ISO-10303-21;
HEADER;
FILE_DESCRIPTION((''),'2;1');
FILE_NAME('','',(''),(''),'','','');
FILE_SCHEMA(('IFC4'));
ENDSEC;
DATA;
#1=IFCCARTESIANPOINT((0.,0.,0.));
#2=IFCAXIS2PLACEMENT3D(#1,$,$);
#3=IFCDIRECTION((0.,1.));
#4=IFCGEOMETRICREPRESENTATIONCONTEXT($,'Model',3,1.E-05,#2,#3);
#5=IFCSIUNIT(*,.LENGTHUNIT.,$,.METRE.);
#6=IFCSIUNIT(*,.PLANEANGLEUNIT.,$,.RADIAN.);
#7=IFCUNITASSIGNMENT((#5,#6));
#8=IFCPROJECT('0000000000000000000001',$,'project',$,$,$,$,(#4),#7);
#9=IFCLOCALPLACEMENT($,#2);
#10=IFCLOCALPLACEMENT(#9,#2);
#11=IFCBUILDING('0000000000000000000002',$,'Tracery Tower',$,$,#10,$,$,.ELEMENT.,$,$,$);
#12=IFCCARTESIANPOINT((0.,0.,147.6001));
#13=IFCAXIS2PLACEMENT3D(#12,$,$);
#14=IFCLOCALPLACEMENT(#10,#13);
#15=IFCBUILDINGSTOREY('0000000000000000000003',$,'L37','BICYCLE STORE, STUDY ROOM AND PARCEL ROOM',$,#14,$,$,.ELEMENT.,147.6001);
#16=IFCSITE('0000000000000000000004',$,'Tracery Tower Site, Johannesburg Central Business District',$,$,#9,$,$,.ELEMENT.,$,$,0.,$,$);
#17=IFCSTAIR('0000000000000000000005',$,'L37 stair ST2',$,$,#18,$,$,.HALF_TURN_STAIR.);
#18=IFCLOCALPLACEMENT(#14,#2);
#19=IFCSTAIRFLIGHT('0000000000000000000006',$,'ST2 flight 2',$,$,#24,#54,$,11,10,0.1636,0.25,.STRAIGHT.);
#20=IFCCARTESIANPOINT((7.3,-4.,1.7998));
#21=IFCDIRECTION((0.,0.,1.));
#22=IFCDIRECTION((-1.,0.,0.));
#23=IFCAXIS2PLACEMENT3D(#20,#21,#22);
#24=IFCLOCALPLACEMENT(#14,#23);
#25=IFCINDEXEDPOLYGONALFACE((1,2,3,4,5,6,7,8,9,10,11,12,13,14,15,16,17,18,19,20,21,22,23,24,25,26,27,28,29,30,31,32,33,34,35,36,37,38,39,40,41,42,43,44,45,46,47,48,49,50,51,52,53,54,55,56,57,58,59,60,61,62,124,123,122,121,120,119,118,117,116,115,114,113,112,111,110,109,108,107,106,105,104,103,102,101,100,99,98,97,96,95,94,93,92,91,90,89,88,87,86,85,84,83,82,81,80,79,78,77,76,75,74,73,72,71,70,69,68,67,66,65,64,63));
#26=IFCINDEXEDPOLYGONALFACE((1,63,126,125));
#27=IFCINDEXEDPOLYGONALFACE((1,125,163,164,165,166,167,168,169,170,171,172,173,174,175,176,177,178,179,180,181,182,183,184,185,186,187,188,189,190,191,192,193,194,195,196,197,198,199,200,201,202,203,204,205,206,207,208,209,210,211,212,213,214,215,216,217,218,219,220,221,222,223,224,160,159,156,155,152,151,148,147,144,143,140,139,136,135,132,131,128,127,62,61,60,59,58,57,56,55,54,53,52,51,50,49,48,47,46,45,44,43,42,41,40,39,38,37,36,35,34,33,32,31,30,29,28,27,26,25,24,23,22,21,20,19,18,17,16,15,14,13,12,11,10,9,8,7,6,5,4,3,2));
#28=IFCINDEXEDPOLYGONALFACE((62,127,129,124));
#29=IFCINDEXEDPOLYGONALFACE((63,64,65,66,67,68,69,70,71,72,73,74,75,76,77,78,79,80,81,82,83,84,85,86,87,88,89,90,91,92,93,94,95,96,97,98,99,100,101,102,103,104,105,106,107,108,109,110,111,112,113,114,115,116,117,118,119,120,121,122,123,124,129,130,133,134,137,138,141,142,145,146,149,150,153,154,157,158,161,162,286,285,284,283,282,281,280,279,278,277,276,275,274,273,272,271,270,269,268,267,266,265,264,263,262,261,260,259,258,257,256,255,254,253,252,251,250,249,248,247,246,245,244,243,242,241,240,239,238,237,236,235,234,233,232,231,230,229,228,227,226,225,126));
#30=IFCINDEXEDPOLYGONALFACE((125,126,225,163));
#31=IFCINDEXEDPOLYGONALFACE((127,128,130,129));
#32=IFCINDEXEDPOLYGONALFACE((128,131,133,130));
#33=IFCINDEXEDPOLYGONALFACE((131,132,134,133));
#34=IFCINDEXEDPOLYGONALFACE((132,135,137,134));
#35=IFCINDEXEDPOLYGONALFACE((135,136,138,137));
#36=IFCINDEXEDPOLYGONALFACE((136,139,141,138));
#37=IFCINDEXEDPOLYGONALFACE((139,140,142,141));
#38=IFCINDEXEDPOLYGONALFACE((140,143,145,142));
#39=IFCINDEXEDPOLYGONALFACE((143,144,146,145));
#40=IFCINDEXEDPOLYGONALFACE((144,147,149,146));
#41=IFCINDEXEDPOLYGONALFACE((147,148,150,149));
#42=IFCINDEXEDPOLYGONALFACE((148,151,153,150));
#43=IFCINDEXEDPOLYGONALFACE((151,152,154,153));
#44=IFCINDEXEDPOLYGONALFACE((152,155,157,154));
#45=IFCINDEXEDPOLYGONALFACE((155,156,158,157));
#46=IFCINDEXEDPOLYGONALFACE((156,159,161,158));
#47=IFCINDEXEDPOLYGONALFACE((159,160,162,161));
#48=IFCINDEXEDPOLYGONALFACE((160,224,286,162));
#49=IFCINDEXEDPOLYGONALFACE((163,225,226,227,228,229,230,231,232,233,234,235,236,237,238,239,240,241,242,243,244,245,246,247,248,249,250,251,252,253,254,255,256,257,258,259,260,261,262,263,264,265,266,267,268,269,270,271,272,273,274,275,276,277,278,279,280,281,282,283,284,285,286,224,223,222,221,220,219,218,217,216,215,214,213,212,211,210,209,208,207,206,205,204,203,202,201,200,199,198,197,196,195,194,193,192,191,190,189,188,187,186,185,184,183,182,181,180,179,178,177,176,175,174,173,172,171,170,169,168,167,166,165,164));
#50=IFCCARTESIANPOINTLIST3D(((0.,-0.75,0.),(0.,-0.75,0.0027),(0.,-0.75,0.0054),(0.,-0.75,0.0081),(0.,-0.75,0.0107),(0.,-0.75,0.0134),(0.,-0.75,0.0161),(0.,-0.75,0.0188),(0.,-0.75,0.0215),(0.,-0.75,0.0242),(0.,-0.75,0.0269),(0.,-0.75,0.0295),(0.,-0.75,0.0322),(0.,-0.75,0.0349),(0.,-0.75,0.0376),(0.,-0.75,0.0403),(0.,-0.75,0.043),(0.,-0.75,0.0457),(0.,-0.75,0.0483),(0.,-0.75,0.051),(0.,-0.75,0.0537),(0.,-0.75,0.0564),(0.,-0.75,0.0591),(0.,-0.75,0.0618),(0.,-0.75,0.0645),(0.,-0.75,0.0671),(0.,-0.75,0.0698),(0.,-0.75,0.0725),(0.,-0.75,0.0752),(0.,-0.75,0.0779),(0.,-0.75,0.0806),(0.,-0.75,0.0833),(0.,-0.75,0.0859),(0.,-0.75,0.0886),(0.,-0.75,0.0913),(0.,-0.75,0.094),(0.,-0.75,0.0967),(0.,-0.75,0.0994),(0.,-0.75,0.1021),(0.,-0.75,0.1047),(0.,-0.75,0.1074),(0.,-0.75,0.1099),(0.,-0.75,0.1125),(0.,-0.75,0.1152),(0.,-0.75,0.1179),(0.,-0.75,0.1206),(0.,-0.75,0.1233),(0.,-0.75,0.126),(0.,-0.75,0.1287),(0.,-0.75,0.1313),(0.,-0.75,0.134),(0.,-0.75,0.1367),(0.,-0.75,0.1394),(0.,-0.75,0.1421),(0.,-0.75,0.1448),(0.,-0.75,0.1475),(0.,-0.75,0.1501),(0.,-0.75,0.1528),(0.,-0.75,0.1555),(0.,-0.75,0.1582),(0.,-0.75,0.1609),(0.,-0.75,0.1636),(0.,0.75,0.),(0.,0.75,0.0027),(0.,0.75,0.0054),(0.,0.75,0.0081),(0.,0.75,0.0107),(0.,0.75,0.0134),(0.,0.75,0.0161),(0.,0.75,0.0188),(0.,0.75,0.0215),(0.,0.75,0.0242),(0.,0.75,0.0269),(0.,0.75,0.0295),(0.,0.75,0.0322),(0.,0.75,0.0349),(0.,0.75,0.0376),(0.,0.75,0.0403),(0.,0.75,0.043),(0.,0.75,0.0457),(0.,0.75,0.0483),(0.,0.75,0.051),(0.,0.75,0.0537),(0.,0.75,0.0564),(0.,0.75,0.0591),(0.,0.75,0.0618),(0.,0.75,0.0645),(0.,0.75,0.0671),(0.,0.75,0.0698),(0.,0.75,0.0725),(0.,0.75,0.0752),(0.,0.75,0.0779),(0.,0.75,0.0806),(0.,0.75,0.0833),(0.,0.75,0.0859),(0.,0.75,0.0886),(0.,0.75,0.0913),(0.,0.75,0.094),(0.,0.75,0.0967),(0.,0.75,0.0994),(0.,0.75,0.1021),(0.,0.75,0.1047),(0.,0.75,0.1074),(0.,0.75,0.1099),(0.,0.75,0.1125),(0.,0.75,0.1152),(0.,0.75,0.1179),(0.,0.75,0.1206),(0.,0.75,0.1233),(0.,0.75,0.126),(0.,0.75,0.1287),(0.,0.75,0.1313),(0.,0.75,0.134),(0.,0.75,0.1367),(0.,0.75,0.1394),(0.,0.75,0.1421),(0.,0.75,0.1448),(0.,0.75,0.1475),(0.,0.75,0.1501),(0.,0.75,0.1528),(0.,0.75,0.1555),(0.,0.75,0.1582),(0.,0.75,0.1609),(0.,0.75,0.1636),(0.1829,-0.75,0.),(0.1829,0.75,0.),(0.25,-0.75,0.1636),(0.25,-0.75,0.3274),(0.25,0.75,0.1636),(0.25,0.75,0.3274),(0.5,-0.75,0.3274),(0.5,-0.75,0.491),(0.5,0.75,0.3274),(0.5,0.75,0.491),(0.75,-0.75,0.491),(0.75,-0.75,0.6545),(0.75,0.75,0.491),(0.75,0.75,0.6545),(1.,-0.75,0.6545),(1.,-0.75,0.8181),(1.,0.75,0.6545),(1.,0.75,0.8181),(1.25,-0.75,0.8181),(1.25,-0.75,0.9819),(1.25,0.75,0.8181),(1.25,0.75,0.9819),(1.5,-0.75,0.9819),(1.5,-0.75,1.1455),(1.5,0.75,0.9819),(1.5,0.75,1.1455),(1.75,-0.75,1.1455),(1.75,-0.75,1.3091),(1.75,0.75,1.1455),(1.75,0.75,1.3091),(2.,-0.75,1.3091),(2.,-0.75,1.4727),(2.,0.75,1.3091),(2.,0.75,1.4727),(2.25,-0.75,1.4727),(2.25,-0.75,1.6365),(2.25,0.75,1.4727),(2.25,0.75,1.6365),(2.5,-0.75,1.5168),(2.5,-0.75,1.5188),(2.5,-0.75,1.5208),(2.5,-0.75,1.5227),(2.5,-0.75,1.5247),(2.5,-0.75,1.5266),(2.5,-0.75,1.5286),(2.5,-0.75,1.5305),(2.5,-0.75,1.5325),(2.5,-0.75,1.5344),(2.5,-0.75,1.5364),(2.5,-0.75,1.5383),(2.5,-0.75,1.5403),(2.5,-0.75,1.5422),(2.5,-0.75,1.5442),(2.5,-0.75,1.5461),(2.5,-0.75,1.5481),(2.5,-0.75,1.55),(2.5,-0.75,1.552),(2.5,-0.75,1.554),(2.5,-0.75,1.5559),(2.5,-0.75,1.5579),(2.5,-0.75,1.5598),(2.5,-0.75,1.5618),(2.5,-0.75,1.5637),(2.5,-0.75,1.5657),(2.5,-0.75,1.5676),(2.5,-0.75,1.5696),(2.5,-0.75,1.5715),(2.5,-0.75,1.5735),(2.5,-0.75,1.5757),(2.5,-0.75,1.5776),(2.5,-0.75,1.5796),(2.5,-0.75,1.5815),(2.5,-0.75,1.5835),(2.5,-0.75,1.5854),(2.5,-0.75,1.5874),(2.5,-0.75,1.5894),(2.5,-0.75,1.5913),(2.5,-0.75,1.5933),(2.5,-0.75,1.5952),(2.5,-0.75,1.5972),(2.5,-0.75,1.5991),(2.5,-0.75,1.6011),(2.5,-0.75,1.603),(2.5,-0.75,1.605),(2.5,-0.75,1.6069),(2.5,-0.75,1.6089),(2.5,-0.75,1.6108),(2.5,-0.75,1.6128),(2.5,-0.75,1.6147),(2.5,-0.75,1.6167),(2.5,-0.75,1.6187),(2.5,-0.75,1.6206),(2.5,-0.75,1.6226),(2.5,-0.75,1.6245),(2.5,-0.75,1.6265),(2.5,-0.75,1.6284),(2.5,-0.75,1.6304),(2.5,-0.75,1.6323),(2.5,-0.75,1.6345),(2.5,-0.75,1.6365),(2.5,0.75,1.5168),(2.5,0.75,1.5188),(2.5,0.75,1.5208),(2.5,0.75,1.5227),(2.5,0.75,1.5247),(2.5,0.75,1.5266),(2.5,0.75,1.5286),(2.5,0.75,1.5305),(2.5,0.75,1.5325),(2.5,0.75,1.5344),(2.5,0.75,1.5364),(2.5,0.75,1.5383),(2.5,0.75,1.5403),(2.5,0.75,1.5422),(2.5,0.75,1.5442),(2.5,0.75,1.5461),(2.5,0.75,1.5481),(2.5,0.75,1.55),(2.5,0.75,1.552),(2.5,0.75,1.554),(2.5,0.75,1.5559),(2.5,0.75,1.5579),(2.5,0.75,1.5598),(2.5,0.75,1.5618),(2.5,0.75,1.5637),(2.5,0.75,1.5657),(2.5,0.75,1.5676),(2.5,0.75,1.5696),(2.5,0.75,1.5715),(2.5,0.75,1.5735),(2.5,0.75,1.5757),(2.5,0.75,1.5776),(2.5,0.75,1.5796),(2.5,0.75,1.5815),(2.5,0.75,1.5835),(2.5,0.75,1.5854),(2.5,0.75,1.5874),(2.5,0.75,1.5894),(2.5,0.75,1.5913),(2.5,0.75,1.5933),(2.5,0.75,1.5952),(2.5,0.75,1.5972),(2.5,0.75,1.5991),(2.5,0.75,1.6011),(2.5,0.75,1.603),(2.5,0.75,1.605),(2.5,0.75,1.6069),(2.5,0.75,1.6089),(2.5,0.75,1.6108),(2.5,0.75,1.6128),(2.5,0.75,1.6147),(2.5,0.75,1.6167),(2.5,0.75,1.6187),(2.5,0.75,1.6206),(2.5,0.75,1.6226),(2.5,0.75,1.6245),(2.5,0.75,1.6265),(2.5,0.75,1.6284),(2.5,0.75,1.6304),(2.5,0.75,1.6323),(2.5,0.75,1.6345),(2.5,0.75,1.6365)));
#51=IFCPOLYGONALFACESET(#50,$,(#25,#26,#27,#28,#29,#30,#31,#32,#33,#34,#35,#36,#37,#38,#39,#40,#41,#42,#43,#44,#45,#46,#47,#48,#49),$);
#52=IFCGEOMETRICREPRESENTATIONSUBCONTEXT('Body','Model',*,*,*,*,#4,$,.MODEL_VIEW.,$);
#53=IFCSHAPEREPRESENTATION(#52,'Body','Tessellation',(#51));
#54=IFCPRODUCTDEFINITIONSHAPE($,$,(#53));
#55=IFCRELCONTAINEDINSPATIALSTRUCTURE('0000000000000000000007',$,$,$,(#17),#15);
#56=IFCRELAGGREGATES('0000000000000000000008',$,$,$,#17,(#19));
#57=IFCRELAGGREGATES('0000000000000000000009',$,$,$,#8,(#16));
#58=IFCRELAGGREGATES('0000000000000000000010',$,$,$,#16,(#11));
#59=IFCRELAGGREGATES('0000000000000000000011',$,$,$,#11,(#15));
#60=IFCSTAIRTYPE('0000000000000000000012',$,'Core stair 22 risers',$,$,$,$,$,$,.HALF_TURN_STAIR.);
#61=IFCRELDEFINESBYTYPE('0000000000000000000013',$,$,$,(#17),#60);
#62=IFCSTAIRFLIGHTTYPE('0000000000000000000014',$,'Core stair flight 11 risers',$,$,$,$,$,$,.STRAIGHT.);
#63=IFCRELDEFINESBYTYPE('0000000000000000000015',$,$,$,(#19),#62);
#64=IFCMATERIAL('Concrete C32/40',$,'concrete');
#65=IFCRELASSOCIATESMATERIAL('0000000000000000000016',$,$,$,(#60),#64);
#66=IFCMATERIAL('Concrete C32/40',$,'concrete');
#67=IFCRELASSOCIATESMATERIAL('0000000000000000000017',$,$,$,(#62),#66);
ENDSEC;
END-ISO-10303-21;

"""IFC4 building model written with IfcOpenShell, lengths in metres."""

from ifc_helpers import new_model, si_unit, direction, frame, origin, place, context, subcontext, project, spatial, polyline, outline, extrude, material, type_object, element, aggregate, save


model = new_model("IFC4")

# Units and contexts
model_context = context("Model", 3, precision=1e-05, world=origin(), true_north=direction((0.0, 1.0)))
body_context = subcontext(model_context, "Body", "Model", "MODEL_VIEW")
ifc_project = project(units=[si_unit("LENGTHUNIT", "METRE"), si_unit("PLANEANGLEUNIT", "RADIAN")], contexts=[model_context])

# Site, building, storey
site_placement = place(None, origin())
site = spatial("IfcSite", under=ifc_project, at=site_placement, Name="Tracery Tower Site, Johannesburg Central Business District", CompositionType="ELEMENT", RefElevation=0.0)
building_placement = place(site_placement, origin())
building = spatial("IfcBuilding", under=site, at=building_placement, Name="Tracery Tower", CompositionType="ELEMENT")
storey_placement = place(building_placement, frame((0.0, 0.0, 147.6001)))
storey = spatial("IfcBuildingStorey", under=building, at=storey_placement, Name="L37", Description="BICYCLE STORE, STUDY ROOM AND PARCEL ROOM", CompositionType="ELEMENT", Elevation=147.6001)

# Shared definitions
ifc_material_1 = material(Name="Concrete C32/40", Category="concrete")
stair_type = type_object("IfcStairType", Name="Core stair 22 risers", PredefinedType="HALF_TURN_STAIR", material=ifc_material_1)

# Stair, stair flight
stair_1_placement = place(storey_placement, origin())
stair_1 = element("IfcStair", 1, at=stair_1_placement, inside=storey, type_object=stair_type, Name="L37 stair ST2", PredefinedType="HALF_TURN_STAIR")
ifc_material_2 = material(Name="Concrete C32/40", Category="concrete")
stair_flight_type = type_object("IfcStairFlightType", Name="Core stair flight 11 risers", PredefinedType="STRAIGHT", material=ifc_material_2)
stair_flight_1_placement = place(storey_placement, frame((7.3, -4.0, 1.7998), z_axis=(0.0, 0.0, 1.0), x_axis=(-1.0, 0.0, 0.0)))
stair_flight_1 = element("IfcStairFlight", 2, at=stair_flight_1_placement, type_object=stair_flight_type, Name="ST2 flight 2", NumberOfRisers=11, NumberOfTreads=10, PredefinedType="STRAIGHT", RiserHeight=0.1636, TreadLength=0.25, context=body_context, shape_type="SweptSolid", body=[
    extrude(outline(polyline([(0.0, 0.0), (0.0, 0.0027), (0.0, 0.0054), (0.0, 0.0081), (0.0, 0.0107), (0.0, 0.0134), (0.0, 0.0161), (0.0, 0.0188), (0.0, 0.0215), (0.0, 0.0242), (0.0, 0.0269), (0.0, 0.0295), (0.0, 0.0322), (0.0, 0.0349), (0.0, 0.0376), (0.0, 0.0403), (0.0, 0.043), (0.0, 0.0457), (0.0, 0.0483), (0.0, 0.051), (0.0, 0.0537), (0.0, 0.0564), (0.0, 0.0591), (0.0, 0.0618), (0.0, 0.0645), (0.0, 0.0671), (0.0, 0.0698), (0.0, 0.0725), (0.0, 0.0752), (0.0, 0.0779), (0.0, 0.0806), (0.0, 0.0833), (0.0, 0.0859), (0.0, 0.0886), (0.0, 0.0913), (0.0, 0.094), (0.0, 0.0967), (0.0, 0.0994), (0.0, 0.1021), (0.0, 0.1047), (0.0, 0.1074), (0.0, 0.1099), (0.0, 0.1125), (0.0, 0.1152), (0.0, 0.1179), (0.0, 0.1206), (0.0, 0.1233), (0.0, 0.126), (0.0, 0.1287), (0.0, 0.1313), (0.0, 0.134), (0.0, 0.1367), (0.0, 0.1394), (0.0, 0.1421), (0.0, 0.1448), (0.0, 0.1475), (0.0, 0.1501), (0.0, 0.1528), (0.0, 0.1555), (0.0, 0.1582), (0.0, 0.1609), (0.0, 0.1636), (0.25, 0.1636), (0.25, 0.3274), (0.5, 0.3274), (0.5, 0.491), (0.75, 0.491), (0.75, 0.6545), (1.0, 0.6545), (1.0, 0.8181), (1.25, 0.8181), (1.25, 0.9819), (1.5, 0.9819), (1.5, 1.1455), (1.75, 1.1455), (1.75, 1.3091), (2.0, 1.3091), (2.0, 1.4727), (2.25, 1.4727), (2.25, 1.6365), (2.5, 1.6365), (2.5, 1.6345), (2.5, 1.6323), (2.5, 1.6304), (2.5, 1.6284), (2.5, 1.6265), (2.5, 1.6245), (2.5, 1.6226), (2.5, 1.6206), (2.5, 1.6187), (2.5, 1.6167), (2.5, 1.6147), (2.5, 1.6128), (2.5, 1.6108), (2.5, 1.6089), (2.5, 1.6069), (2.5, 1.605), (2.5, 1.603), (2.5, 1.6011), (2.5, 1.5991), (2.5, 1.5972), (2.5, 1.5952), (2.5, 1.5933), (2.5, 1.5913), (2.5, 1.5894), (2.5, 1.5874), (2.5, 1.5854), (2.5, 1.5835), (2.5, 1.5815), (2.5, 1.5796), (2.5, 1.5776), (2.5, 1.5757), (2.5, 1.5735), (2.5, 1.5715), (2.5, 1.5696), (2.5, 1.5676), (2.5, 1.5657), (2.5, 1.5637), (2.5, 1.5618), (2.5, 1.5598), (2.5, 1.5579), (2.5, 1.5559), (2.5, 1.554), (2.5, 1.552), (2.5, 1.55), (2.5, 1.5481), (2.5, 1.5461), (2.5, 1.5442), (2.5, 1.5422), (2.5, 1.5403), (2.5, 1.5383), (2.5, 1.5364), (2.5, 1.5344), (2.5, 1.5325), (2.5, 1.5305), (2.5, 1.5286), (2.5, 1.5266), (2.5, 1.5247), (2.5, 1.5227), (2.5, 1.5208), (2.5, 1.5188), (2.5, 1.5168), (0.1829, 0.0), (0.0, 0.0)])), frame((0.0, 0.75, 0.0), z_axis=(0.0, -1.0, 0.0), x_axis=(1.0, 0.0, 0.0)), (0.0, 0.0, 1.0), 1.5),
])
aggregate(stair_1, [stair_flight_1])

save(model, "model.ifc")
